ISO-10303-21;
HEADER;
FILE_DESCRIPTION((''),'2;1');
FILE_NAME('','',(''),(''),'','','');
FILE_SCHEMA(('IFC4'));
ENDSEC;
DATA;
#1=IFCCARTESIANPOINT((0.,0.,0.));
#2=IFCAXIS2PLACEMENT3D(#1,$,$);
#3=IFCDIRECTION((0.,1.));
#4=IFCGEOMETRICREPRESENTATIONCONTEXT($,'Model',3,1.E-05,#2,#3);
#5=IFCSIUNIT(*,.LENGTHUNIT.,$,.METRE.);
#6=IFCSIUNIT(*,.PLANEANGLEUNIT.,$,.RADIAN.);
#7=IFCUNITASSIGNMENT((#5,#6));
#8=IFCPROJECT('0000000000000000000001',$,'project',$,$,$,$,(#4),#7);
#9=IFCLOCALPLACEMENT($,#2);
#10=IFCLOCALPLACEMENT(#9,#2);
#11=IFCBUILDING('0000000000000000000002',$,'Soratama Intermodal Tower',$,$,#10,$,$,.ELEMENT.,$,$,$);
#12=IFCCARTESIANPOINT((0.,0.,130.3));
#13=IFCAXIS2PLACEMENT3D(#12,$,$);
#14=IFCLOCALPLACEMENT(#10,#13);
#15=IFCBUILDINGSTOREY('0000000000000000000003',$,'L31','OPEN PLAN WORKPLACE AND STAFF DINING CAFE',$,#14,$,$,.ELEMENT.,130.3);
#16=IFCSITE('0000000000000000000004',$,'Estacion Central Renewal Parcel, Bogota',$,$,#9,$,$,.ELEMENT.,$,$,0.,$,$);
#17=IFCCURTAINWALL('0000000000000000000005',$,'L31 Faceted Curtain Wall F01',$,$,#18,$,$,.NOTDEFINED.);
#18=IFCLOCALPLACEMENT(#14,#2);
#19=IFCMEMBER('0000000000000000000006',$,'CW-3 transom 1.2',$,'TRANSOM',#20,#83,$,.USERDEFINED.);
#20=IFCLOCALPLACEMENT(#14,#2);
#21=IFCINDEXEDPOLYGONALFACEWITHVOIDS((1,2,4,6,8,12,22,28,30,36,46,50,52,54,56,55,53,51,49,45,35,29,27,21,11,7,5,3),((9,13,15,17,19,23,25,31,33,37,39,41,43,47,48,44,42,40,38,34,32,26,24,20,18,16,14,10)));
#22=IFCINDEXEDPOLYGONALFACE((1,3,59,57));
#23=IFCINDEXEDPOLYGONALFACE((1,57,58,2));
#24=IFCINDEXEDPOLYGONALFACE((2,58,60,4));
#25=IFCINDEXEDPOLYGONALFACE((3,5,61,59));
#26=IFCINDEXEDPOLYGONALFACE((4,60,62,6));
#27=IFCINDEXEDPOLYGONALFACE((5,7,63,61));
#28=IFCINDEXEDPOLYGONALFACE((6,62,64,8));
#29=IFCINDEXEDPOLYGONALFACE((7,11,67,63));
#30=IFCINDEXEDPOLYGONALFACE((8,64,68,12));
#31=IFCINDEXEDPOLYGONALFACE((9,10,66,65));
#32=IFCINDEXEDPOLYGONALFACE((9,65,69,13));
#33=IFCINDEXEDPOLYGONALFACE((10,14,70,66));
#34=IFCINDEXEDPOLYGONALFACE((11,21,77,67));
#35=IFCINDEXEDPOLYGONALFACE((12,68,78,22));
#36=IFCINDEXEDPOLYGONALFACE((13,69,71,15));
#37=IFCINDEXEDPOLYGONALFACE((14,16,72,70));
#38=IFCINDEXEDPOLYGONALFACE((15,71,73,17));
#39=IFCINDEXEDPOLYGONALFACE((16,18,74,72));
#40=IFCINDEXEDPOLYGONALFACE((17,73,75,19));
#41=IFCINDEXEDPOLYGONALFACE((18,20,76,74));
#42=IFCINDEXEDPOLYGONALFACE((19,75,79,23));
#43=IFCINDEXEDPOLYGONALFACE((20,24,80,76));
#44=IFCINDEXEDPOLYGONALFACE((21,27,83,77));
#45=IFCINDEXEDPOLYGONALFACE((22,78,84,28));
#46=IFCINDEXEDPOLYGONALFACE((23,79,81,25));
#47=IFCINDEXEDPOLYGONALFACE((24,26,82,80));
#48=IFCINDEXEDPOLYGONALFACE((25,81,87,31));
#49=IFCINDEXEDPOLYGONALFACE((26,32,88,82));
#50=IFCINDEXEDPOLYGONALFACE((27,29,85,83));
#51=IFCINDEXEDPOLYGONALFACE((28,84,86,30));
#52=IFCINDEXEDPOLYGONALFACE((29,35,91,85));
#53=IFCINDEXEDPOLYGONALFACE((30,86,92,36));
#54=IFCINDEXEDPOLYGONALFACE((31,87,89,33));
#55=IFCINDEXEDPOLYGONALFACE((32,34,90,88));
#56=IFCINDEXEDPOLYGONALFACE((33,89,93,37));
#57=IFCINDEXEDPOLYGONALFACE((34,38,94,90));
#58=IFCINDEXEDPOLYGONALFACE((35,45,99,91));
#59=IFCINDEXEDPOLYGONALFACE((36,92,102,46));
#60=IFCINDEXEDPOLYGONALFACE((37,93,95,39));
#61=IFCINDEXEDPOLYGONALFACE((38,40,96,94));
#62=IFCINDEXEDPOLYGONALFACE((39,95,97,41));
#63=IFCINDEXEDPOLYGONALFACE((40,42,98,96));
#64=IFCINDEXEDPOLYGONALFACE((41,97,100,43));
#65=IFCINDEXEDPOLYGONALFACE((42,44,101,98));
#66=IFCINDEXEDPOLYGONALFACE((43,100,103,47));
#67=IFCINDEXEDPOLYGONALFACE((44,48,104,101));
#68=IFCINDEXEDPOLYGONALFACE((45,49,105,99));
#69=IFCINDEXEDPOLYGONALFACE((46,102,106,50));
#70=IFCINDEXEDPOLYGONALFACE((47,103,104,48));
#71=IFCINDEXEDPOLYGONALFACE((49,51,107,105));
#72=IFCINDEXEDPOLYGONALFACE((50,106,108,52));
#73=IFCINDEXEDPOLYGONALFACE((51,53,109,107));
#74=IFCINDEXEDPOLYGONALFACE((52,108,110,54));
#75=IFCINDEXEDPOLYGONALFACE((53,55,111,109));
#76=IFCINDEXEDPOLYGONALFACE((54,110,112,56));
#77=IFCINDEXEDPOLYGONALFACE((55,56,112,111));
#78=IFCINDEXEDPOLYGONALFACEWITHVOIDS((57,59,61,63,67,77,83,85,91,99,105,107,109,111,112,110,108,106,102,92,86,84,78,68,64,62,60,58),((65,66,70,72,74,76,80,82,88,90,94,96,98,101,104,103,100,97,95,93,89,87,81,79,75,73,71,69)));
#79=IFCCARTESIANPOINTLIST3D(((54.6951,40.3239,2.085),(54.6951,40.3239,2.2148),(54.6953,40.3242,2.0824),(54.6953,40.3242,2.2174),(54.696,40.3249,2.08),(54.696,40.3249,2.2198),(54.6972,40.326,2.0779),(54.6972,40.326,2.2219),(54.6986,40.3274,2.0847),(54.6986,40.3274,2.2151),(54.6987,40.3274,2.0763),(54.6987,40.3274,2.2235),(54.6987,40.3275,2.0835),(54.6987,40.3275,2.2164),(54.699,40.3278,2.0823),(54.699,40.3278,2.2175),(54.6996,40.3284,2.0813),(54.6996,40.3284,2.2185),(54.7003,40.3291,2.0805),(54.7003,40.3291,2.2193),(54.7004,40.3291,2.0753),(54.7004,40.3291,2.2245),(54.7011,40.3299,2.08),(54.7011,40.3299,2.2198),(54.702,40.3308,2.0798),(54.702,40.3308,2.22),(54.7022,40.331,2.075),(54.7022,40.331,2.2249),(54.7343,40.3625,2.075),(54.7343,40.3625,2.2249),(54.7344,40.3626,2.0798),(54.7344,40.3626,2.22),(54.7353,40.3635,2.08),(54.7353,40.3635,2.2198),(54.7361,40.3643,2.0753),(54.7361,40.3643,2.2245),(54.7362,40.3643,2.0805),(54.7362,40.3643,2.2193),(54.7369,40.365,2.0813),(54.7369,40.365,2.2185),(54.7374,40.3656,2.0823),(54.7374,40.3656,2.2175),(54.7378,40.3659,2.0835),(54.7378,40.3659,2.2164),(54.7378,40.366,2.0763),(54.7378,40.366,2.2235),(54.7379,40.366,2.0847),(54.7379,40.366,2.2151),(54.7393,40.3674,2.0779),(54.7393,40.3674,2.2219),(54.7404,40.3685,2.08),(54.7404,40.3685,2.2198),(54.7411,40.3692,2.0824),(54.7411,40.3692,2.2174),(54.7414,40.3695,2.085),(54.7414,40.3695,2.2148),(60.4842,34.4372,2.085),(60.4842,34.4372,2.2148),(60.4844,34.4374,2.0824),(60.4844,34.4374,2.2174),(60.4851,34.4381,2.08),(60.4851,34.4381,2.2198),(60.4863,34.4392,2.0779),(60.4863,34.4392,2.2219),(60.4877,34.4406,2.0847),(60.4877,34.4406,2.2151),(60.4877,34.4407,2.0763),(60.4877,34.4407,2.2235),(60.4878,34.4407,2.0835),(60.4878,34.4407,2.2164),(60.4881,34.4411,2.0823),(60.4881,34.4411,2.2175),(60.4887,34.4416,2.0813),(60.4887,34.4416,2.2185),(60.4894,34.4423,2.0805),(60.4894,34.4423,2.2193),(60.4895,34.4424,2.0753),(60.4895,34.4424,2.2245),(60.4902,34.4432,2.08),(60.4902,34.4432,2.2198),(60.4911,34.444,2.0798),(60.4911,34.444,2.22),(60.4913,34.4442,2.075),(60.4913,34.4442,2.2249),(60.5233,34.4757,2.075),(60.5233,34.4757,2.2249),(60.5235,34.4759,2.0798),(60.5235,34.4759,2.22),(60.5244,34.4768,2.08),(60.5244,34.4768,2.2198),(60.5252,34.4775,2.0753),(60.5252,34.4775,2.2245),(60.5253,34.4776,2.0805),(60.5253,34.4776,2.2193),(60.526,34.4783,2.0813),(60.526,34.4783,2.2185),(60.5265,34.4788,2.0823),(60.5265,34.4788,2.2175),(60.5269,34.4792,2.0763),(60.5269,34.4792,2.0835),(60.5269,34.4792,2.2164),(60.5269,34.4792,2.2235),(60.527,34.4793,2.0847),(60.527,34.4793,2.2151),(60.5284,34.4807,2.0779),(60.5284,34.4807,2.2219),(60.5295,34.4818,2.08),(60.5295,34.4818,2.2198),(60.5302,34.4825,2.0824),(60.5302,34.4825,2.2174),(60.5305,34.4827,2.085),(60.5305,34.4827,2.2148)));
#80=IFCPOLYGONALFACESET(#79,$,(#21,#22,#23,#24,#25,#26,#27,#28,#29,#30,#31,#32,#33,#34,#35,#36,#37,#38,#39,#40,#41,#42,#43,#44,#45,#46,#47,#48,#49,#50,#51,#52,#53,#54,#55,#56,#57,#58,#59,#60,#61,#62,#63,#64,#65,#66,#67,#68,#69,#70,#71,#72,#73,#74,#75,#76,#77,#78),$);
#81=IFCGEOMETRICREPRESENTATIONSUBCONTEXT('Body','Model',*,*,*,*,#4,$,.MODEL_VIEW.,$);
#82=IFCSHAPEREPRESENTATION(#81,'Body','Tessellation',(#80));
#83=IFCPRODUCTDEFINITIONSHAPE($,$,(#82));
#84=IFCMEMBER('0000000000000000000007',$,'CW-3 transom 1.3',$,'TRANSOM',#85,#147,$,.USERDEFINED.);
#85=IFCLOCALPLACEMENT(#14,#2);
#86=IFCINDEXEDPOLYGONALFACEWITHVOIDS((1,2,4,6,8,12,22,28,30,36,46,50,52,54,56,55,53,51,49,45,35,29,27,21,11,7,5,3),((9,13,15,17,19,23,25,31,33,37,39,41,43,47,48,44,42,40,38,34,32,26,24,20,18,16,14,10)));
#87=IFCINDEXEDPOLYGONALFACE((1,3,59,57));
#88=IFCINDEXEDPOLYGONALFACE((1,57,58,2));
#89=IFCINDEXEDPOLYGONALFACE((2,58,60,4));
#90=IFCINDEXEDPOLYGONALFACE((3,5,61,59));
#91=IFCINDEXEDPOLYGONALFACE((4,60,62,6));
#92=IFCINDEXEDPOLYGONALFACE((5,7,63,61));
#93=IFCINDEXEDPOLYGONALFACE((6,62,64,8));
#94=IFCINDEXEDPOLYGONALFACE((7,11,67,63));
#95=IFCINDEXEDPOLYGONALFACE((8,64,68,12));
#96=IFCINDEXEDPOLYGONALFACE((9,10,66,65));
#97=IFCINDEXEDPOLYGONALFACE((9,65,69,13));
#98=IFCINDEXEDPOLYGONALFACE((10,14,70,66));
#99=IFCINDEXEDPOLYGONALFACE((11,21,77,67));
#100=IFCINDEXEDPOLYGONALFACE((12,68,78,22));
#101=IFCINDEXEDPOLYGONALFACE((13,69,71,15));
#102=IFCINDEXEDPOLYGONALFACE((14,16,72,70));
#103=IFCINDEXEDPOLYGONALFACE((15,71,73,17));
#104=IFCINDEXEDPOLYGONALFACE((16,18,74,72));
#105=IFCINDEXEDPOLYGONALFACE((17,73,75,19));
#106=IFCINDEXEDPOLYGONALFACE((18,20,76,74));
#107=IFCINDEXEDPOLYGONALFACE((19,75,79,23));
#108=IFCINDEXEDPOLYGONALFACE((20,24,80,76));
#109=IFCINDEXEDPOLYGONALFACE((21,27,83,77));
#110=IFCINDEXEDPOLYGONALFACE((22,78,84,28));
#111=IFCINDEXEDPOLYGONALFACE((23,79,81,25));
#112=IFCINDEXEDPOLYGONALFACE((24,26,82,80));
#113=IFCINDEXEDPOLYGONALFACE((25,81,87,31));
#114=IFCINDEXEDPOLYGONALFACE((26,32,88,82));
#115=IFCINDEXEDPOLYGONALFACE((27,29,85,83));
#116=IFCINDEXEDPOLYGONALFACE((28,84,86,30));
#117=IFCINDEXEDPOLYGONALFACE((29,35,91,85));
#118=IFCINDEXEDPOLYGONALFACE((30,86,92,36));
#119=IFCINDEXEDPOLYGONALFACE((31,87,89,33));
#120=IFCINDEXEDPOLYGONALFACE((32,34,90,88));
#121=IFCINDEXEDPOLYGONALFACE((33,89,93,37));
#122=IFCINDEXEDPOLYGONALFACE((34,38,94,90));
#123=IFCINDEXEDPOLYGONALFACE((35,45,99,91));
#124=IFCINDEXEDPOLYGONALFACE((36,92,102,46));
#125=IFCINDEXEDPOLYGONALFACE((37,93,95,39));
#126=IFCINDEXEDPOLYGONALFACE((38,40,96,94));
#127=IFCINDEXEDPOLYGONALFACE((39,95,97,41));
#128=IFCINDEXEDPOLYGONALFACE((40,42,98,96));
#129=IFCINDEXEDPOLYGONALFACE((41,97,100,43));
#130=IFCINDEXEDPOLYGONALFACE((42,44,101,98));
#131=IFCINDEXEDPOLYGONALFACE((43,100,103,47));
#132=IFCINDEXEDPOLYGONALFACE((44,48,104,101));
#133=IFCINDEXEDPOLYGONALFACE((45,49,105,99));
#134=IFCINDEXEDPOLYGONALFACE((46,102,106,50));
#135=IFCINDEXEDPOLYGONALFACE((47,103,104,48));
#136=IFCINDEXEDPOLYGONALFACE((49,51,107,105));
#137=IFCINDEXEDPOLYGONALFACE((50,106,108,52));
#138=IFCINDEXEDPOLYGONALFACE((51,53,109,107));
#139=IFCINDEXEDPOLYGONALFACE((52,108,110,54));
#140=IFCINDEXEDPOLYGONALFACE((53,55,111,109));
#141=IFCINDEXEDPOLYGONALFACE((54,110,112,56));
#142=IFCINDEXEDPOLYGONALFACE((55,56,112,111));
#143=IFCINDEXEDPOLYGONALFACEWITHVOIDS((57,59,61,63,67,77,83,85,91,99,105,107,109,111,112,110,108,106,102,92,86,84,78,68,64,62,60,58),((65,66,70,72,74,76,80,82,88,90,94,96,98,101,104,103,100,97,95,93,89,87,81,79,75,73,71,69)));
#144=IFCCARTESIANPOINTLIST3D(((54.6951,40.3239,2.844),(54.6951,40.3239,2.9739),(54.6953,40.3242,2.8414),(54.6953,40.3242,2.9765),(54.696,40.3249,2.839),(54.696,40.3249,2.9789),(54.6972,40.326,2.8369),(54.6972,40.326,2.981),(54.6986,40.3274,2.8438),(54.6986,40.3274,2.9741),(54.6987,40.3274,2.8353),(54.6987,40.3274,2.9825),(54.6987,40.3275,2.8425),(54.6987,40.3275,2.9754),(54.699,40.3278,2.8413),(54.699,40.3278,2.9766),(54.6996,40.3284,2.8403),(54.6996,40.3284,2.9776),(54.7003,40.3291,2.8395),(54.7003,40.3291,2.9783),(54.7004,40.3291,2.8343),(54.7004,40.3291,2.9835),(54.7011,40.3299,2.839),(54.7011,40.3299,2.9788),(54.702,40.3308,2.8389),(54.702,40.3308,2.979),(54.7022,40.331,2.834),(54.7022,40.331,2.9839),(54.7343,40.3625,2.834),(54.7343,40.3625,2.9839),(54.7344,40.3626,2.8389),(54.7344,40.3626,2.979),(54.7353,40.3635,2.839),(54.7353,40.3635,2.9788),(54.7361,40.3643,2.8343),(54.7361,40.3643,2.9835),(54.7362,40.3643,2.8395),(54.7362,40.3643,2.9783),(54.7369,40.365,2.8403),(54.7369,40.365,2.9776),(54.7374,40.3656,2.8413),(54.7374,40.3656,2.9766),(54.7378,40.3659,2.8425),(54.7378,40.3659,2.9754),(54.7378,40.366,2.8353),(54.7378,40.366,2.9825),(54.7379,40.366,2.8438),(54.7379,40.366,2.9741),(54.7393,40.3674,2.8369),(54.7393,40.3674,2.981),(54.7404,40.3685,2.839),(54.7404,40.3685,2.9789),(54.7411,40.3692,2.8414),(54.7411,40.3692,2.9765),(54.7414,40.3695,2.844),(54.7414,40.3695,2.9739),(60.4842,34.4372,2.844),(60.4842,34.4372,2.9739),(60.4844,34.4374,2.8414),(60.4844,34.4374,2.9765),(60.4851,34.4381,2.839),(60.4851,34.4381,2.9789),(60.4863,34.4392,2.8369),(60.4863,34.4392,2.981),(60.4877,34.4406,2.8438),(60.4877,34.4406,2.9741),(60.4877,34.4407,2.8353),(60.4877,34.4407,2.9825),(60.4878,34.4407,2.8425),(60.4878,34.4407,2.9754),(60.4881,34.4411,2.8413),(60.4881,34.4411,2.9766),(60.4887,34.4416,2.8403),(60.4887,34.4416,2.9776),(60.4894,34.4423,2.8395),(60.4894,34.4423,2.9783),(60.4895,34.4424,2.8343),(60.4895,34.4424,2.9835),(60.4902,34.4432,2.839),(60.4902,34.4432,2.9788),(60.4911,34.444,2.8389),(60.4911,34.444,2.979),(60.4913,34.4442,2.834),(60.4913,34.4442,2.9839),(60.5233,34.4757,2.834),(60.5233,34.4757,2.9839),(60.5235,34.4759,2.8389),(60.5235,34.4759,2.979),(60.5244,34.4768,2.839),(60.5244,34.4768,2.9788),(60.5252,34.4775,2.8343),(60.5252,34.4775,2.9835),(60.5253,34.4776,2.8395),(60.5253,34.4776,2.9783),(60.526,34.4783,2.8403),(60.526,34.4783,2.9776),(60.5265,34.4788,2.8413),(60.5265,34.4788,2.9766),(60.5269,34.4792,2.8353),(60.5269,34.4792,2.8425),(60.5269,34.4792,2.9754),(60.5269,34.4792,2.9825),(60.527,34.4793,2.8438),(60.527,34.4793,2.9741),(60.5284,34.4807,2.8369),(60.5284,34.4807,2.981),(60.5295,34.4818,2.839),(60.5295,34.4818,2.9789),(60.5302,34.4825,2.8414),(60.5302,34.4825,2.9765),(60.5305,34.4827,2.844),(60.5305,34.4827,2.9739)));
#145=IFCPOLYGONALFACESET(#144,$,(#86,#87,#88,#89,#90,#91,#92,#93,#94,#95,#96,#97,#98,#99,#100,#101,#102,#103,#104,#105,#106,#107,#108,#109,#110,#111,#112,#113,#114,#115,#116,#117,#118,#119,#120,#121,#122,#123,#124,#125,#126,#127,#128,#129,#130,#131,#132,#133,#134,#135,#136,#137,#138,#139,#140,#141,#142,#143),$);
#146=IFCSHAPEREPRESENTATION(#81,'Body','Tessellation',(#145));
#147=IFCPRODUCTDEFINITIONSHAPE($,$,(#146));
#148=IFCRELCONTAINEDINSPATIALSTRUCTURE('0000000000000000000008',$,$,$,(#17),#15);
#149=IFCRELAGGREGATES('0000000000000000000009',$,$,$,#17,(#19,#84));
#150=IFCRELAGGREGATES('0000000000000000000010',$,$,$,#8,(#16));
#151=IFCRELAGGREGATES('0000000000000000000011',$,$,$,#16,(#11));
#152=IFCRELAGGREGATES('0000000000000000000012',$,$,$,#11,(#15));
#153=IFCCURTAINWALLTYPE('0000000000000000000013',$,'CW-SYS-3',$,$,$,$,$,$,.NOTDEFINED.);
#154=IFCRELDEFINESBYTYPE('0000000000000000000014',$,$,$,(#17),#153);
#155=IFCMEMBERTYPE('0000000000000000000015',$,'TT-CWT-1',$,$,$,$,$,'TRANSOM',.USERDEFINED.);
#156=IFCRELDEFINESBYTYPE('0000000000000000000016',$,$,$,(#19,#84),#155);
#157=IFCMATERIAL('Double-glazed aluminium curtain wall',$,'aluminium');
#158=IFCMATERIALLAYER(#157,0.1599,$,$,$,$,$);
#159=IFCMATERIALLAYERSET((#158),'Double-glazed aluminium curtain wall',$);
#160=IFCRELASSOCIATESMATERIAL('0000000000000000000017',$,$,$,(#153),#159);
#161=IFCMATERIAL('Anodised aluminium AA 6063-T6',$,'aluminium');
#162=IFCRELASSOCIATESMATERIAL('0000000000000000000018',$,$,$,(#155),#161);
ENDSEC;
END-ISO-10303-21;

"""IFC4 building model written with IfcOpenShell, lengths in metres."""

from ifc_helpers import new_model, si_unit, direction, frame, origin, origin_2d, place, context, subcontext, project, spatial, hollow_rectangle, extrude, material, layer, layer_set, material_profile, profile_set, type_object, element, aggregate, save


model = new_model("IFC4")

# Units and contexts
model_context = context("Model", 3, precision=1e-05, world=origin(), true_north=direction((0.0, 1.0)))
body_context = subcontext(model_context, "Body", "Model", "MODEL_VIEW")
ifc_project = project(units=[si_unit("LENGTHUNIT", "METRE"), si_unit("PLANEANGLEUNIT", "RADIAN")], contexts=[model_context])

# Site, building, storey
site_placement = place(None, origin())
site = spatial("IfcSite", under=ifc_project, at=site_placement, Name="Estacion Central Renewal Parcel, Bogota", CompositionType="ELEMENT", RefElevation=0.0)
building_placement = place(site_placement, origin())
building = spatial("IfcBuilding", under=site, at=building_placement, Name="Soratama Intermodal Tower", CompositionType="ELEMENT")
storey_placement = place(building_placement, frame((0.0, 0.0, 130.3)))
storey = spatial("IfcBuildingStorey", under=building, at=storey_placement, Name="L31", Description="OPEN PLAN WORKPLACE AND STAFF DINING CAFE", CompositionType="ELEMENT", Elevation=130.3)

# Curtain wall
ifc_material_1 = material(Name="Double-glazed aluminium curtain wall", Category="aluminium")
ifc_layer_1 = layer(ifc_material_1, 0.1599)
ifc_layer_set_1 = layer_set([ifc_layer_1], Name="Double-glazed aluminium curtain wall")
curtain_wall_type = type_object("IfcCurtainWallType", Name="CW-SYS-3", PredefinedType="NOTDEFINED", material=ifc_layer_set_1)
curtain_wall_1_placement = place(storey_placement, origin())
curtain_wall_1 = element("IfcCurtainWall", 1, at=curtain_wall_1_placement, inside=storey, type_object=curtain_wall_type, Name="L31 Faceted Curtain Wall F01", PredefinedType="NOTDEFINED")

# Members
ifc_material_2 = material(Name="Anodised aluminium AA 6063-T6", Category="aluminium")
ifc_material_profile_1 = material_profile(ifc_material_2, hollow_rectangle(XDim=0.0649, YDim=0.1499, WallThickness=0.0049, InnerFilletRadius=0.0049, OuterFilletRadius=0.01, at=origin_2d()), Name="CWT150X65X5")
ifc_profile_set_1 = profile_set([ifc_material_profile_1], Name="Anodised aluminium AA 6063-T6")
member_type_1 = type_object("IfcMemberType", Name="TT-CWT-1", ElementType="TRANSOM", PredefinedType="USERDEFINED", material=ifc_profile_set_1)
member_1_placement = place(storey_placement, frame((60.5073, 34.46, 2.1499), z_axis=(-0.701168, 0.712996, 0.0), x_axis=(-0.712996, -0.701168, 0.0)))
member_1 = element("IfcMember", 2, at=member_1_placement, type_object=member_type_1, Name="CW-3 transom 1.2", ObjectType="TRANSOM", PredefinedType="USERDEFINED", context=body_context, shape_type="SweptSolid", body=[
    extrude(hollow_rectangle(XDim=0.0649, YDim=0.1499, WallThickness=0.0049, InnerFilletRadius=0.0049, OuterFilletRadius=0.01, at=origin_2d()), origin(), (0.0, 0.0, 1.0), 8.2563),
])
member_2_placement = place(storey_placement, frame((60.5073, 34.46, 2.9089), z_axis=(-0.701168, 0.712996, 0.0), x_axis=(-0.712996, -0.701168, 0.0)))
member_2 = element("IfcMember", 3, at=member_2_placement, type_object=member_type_1, Name="CW-3 transom 1.3", ObjectType="TRANSOM", PredefinedType="USERDEFINED", context=body_context, shape_type="SweptSolid", body=[
    extrude(hollow_rectangle(XDim=0.0649, YDim=0.1499, WallThickness=0.0049, InnerFilletRadius=0.0049, OuterFilletRadius=0.01, at=origin_2d()), origin(), (0.0, 0.0, 1.0), 8.2563),
])

aggregate(curtain_wall_1, [member_1, member_2])

save(model, "model.ifc")
